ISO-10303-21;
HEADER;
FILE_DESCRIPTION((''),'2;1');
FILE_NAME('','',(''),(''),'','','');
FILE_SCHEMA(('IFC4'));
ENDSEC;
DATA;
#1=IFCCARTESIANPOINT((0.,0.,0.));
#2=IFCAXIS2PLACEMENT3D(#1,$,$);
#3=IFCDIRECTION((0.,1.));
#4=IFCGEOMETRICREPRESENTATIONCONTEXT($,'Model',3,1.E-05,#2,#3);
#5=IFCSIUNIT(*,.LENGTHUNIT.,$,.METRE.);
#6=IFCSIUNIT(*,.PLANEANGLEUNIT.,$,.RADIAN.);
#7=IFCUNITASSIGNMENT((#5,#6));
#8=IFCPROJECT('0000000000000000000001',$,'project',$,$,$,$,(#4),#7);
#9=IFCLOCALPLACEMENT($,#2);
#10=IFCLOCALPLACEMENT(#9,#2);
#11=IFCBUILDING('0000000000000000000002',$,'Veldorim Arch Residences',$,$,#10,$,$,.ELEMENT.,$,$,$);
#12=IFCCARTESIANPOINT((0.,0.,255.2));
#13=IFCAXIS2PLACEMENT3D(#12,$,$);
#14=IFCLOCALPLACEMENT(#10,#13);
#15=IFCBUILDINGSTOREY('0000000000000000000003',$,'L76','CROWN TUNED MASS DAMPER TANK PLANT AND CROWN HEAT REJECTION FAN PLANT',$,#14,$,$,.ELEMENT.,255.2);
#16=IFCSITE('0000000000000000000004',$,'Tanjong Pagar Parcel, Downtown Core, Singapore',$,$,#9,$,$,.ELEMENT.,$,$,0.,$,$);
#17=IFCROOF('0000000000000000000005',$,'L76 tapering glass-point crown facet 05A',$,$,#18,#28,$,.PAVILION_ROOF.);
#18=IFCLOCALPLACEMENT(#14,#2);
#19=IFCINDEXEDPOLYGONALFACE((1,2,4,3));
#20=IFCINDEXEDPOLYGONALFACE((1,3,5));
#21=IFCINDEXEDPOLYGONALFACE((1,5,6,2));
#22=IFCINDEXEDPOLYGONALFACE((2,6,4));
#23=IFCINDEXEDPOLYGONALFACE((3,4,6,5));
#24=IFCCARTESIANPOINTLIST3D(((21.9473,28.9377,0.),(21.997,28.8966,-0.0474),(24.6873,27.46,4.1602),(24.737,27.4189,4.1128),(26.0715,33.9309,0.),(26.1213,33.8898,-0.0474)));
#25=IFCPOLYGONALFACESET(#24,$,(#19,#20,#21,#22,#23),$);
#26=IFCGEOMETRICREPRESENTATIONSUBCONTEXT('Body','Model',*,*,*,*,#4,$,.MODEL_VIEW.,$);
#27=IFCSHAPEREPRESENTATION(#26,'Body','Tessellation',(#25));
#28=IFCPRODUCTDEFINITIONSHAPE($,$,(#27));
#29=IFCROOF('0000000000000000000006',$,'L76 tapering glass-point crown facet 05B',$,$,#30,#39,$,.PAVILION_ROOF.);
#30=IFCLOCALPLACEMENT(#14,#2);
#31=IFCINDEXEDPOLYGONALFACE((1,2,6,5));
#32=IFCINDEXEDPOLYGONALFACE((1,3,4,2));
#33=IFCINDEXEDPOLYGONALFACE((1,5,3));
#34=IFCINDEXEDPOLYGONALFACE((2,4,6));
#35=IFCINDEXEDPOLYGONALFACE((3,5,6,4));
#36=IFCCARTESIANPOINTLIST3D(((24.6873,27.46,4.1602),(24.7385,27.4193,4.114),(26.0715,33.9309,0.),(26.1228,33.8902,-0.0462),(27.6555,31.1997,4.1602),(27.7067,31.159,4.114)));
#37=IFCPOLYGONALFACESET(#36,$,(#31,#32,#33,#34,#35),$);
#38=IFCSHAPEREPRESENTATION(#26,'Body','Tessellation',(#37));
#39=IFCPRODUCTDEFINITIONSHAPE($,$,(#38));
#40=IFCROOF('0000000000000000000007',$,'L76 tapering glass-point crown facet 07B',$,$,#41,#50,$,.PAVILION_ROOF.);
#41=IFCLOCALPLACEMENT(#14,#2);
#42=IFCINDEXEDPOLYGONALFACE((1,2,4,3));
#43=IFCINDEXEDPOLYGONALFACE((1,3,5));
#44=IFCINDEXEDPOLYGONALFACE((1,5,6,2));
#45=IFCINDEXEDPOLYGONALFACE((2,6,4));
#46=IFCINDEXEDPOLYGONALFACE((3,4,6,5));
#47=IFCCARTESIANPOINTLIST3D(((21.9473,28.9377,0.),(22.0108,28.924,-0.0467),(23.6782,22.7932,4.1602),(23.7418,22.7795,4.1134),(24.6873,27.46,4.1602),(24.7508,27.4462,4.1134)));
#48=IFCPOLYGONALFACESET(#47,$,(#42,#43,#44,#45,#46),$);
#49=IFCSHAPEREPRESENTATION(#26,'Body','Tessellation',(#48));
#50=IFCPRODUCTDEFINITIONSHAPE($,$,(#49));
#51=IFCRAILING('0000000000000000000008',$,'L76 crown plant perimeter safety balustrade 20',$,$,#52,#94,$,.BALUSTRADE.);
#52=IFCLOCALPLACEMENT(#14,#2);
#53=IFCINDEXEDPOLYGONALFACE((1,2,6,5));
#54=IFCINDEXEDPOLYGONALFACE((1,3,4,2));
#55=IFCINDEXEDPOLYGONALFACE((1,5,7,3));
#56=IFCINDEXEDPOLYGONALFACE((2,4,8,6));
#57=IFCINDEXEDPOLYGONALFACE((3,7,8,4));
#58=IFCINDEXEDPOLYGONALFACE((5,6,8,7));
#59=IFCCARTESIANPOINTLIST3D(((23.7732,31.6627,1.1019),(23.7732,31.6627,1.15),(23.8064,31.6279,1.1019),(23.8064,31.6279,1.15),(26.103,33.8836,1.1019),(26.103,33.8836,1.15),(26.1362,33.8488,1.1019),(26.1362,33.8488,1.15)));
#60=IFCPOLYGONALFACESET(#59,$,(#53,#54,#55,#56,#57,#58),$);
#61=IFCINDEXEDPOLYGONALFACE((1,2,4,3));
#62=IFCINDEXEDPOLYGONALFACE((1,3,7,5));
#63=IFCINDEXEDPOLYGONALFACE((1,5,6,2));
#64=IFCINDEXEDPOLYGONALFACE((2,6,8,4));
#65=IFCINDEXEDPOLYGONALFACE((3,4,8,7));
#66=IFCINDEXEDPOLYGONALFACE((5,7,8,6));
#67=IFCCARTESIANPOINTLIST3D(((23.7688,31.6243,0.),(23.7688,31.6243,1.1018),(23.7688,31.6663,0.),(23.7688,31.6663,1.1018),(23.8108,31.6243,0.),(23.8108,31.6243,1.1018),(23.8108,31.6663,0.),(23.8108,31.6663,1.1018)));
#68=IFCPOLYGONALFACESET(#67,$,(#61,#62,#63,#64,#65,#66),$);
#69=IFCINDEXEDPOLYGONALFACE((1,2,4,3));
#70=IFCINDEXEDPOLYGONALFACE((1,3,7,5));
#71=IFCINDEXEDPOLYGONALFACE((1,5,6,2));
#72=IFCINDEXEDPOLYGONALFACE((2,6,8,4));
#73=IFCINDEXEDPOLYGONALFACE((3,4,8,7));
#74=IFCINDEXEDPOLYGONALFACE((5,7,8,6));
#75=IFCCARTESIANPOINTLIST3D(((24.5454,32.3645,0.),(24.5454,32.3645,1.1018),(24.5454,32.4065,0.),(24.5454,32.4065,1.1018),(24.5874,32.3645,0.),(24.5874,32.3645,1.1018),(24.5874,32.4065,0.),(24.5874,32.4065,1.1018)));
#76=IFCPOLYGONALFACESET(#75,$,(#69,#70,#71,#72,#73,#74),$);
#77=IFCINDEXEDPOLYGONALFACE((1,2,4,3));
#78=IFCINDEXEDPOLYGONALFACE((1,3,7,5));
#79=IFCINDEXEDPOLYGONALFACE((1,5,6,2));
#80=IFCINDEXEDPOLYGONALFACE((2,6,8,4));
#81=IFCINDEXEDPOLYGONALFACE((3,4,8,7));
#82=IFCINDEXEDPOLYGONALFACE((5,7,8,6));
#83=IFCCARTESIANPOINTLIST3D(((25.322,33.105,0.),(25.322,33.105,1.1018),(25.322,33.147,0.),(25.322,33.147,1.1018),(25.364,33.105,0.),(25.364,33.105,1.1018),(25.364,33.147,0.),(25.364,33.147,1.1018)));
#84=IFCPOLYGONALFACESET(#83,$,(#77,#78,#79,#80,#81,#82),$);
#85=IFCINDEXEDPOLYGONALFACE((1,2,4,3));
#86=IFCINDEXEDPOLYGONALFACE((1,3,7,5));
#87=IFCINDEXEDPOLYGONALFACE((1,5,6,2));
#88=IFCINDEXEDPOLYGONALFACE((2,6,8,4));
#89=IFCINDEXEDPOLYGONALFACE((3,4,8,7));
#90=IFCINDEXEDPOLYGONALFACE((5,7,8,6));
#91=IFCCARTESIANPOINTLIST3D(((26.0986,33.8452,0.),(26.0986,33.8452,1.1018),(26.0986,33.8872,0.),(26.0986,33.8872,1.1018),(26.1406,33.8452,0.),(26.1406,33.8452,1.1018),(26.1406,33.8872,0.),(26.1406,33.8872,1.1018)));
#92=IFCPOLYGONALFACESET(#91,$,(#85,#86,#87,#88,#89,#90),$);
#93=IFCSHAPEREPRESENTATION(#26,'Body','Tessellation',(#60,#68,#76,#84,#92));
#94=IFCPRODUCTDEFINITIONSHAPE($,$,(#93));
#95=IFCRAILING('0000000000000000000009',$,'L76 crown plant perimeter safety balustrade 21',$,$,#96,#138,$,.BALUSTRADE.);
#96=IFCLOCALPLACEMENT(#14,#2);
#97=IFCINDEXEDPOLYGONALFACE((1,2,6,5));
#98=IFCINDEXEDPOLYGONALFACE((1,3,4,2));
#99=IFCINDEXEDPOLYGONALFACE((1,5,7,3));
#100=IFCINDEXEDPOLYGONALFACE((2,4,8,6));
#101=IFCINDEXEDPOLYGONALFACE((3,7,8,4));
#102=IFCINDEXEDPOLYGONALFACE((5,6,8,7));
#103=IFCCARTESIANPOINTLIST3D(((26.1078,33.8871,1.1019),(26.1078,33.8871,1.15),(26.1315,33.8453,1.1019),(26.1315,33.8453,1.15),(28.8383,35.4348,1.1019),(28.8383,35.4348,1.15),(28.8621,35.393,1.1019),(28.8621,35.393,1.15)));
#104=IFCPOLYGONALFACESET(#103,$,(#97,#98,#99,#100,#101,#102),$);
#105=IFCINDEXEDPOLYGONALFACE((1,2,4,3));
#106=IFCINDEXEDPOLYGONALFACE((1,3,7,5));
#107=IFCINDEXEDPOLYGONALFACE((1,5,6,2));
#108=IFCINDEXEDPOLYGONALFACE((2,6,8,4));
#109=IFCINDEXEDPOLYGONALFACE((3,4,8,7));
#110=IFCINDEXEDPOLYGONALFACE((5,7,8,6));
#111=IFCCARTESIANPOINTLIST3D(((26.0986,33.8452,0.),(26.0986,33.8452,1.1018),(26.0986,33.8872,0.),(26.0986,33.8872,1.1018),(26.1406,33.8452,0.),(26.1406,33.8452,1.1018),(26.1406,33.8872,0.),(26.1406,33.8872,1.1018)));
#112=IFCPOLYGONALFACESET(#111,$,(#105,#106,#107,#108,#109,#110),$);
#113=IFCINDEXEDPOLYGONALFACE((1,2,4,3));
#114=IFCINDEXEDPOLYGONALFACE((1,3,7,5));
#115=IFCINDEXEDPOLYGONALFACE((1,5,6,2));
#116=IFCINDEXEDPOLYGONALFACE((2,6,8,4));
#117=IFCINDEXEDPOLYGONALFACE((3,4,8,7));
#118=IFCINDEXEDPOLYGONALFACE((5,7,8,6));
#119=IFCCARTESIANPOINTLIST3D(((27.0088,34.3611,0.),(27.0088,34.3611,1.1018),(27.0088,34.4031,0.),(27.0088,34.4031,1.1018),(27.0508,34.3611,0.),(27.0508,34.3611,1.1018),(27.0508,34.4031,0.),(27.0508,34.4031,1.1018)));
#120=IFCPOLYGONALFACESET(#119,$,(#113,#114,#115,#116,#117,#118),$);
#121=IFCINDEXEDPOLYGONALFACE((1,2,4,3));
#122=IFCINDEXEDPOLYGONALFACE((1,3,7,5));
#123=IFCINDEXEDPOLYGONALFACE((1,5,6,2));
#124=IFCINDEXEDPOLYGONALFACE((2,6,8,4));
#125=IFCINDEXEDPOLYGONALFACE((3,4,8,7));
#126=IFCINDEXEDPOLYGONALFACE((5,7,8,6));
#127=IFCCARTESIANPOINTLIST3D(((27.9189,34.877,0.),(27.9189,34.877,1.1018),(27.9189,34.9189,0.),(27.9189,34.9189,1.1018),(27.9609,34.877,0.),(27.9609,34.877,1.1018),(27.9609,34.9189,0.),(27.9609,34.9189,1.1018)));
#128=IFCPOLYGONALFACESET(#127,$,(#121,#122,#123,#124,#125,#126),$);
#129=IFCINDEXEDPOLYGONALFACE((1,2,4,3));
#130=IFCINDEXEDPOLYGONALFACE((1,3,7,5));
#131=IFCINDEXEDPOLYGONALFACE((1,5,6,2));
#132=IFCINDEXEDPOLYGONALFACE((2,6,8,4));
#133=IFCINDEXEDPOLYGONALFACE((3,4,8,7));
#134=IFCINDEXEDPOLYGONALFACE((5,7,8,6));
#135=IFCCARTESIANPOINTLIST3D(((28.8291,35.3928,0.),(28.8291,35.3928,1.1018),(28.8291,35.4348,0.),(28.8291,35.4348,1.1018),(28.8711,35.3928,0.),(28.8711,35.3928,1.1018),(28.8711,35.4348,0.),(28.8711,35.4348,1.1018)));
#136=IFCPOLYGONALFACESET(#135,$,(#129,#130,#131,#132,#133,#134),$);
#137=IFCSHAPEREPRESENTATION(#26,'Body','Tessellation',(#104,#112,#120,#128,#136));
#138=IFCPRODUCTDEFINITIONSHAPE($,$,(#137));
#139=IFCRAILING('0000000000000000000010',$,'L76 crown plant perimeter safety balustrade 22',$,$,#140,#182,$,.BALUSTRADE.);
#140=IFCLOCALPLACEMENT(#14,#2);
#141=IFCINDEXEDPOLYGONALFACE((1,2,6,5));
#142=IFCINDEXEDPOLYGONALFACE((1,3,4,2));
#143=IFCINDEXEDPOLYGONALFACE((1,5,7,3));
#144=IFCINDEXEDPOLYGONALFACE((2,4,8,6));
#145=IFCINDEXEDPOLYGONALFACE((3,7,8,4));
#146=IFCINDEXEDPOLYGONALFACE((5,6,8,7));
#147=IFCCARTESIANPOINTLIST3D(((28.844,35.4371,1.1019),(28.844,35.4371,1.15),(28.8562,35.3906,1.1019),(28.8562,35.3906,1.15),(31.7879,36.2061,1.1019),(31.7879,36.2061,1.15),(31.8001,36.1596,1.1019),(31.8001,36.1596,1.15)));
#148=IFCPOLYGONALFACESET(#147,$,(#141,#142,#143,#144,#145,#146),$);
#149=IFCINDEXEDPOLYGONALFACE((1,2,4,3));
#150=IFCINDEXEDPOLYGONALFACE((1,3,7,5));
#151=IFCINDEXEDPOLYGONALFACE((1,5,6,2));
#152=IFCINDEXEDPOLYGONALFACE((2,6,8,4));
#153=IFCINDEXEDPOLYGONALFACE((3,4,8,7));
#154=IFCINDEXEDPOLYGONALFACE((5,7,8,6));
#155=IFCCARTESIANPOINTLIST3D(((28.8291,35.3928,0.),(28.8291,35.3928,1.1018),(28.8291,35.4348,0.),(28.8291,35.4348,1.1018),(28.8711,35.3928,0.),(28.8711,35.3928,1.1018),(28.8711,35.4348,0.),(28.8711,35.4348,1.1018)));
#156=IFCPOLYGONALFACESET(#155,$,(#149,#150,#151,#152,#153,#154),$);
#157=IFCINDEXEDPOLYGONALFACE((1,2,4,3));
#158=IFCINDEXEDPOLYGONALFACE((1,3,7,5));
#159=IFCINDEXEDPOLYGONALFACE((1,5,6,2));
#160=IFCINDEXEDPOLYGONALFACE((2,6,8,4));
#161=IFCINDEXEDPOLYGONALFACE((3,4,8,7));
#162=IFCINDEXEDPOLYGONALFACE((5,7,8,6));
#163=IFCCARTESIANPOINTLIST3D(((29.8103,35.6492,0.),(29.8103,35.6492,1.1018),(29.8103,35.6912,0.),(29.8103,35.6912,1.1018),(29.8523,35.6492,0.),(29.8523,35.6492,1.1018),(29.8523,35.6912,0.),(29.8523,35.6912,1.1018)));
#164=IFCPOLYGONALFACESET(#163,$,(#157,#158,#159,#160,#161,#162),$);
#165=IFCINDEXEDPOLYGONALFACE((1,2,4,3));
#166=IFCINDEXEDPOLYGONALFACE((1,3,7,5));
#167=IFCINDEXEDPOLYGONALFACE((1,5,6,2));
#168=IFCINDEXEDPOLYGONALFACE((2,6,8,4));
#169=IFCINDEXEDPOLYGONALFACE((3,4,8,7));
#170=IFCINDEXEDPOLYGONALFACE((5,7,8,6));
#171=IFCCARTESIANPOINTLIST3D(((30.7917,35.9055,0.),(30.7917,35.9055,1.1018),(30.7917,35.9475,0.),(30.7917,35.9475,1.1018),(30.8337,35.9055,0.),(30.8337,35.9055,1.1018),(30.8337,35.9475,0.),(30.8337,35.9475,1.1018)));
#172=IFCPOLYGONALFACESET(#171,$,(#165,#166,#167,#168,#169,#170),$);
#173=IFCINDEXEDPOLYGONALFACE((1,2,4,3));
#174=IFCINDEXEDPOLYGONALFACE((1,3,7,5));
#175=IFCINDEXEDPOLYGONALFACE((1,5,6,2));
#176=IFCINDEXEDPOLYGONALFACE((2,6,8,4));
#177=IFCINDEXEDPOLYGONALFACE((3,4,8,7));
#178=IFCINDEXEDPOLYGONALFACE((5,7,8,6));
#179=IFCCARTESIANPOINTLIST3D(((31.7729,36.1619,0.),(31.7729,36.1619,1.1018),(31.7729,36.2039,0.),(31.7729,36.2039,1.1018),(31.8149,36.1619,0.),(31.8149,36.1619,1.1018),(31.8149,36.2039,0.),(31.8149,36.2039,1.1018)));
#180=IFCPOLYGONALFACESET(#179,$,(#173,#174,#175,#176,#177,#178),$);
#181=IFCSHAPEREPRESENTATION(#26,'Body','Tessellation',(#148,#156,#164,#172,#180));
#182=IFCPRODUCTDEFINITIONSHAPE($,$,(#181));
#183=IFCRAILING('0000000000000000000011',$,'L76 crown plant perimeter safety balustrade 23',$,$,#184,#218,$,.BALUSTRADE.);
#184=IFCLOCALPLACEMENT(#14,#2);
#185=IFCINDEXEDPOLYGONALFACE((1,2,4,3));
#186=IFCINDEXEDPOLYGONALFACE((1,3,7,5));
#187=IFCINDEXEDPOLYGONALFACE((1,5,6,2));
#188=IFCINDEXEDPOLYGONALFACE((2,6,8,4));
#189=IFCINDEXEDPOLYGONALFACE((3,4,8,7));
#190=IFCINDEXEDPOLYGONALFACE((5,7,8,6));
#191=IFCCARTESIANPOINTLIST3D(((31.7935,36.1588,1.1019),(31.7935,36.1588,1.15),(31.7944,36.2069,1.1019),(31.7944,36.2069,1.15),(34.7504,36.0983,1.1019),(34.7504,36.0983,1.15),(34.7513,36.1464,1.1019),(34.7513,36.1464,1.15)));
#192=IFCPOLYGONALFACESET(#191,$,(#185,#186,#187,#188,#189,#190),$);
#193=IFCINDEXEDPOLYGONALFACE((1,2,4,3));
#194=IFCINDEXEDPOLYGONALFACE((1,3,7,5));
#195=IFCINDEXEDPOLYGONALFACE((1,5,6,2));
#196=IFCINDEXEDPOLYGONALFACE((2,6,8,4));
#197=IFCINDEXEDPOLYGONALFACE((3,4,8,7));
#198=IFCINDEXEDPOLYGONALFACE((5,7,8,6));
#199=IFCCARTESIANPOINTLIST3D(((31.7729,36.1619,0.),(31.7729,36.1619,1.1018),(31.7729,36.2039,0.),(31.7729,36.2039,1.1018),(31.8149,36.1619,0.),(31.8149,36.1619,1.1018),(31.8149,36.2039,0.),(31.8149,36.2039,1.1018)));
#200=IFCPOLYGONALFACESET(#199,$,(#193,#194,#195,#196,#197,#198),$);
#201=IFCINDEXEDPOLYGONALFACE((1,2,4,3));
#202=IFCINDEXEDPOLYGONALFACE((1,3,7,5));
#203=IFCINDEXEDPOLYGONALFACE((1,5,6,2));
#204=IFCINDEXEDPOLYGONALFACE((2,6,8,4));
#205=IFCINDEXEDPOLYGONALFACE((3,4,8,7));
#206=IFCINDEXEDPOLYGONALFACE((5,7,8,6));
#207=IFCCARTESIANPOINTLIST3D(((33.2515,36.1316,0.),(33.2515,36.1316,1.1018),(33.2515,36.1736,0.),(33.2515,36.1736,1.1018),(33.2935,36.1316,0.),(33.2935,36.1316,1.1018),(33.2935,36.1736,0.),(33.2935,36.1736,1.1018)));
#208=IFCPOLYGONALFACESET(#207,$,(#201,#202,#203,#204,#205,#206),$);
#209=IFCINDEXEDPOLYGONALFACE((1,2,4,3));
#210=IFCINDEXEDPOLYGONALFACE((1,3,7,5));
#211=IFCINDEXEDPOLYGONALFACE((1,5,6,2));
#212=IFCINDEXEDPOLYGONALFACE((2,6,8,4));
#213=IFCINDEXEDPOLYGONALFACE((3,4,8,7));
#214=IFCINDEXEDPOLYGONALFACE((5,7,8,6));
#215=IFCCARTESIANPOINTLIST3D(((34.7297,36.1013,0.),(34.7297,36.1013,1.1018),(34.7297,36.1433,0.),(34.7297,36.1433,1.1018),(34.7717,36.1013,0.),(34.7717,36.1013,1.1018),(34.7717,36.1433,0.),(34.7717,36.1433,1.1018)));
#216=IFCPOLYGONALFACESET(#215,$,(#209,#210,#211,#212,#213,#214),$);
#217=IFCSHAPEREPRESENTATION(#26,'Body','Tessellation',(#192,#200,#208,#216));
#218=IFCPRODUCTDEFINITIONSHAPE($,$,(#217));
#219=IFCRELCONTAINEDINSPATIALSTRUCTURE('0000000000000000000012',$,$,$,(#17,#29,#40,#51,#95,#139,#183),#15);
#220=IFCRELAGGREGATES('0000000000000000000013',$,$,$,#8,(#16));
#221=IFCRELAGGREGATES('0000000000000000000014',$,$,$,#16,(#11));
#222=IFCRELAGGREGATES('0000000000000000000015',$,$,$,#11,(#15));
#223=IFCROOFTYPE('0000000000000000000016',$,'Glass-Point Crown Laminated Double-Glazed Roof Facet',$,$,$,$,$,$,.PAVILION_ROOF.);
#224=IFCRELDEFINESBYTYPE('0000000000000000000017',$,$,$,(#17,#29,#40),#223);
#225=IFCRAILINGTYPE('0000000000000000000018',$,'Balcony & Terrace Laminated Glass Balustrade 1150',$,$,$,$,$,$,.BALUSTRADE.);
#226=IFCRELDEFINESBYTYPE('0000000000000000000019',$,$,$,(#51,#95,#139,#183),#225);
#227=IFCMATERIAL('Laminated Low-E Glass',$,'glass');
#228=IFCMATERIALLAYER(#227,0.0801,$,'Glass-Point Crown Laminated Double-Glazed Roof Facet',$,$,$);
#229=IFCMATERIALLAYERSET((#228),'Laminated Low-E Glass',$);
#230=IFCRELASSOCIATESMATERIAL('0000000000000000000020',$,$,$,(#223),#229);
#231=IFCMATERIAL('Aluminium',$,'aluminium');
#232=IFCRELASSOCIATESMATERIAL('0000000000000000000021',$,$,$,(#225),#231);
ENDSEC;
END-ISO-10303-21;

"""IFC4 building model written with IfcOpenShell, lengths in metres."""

from ifc_helpers import new_model, si_unit, direction, frame, origin, origin_2d, place, context, subcontext, project, spatial, polyline, rectangle, outline, extrude, material, layer, layer_set, type_object, element, save


model = new_model("IFC4")

# Units and contexts
model_context = context("Model", 3, precision=1e-05, world=origin(), true_north=direction((0.0, 1.0)))
body_context = subcontext(model_context, "Body", "Model", "MODEL_VIEW")
ifc_project = project(units=[si_unit("LENGTHUNIT", "METRE"), si_unit("PLANEANGLEUNIT", "RADIAN")], contexts=[model_context])

# Site, building, storey
site_placement = place(None, origin())
site = spatial("IfcSite", under=ifc_project, at=site_placement, Name="Tanjong Pagar Parcel, Downtown Core, Singapore", CompositionType="ELEMENT", RefElevation=0.0)
building_placement = place(site_placement, origin())
building = spatial("IfcBuilding", under=site, at=building_placement, Name="Veldorim Arch Residences", CompositionType="ELEMENT")
storey_placement = place(building_placement, frame((0.0, 0.0, 255.2)))
storey = spatial("IfcBuildingStorey", under=building, at=storey_placement, Name="L76", Description="CROWN TUNED MASS DAMPER TANK PLANT AND CROWN HEAT REJECTION FAN PLANT", CompositionType="ELEMENT", Elevation=255.2)

# Roofs
ifc_material_1 = material(Name="Laminated Low-E Glass", Category="glass")
ifc_layer_1 = layer(ifc_material_1, 0.0801, Name="Glass-Point Crown Laminated Double-Glazed Roof Facet")
ifc_layer_set_1 = layer_set([ifc_layer_1], Name="Laminated Low-E Glass")
roof_type = type_object("IfcRoofType", Name="Glass-Point Crown Laminated Double-Glazed Roof Facet", PredefinedType="PAVILION_ROOF", material=ifc_layer_set_1)
roof_1_placement = place(storey_placement, frame((26.0715, 33.9309, 0.0), z_axis=(-0.621536, 0.513378, 0.591724), x_axis=(-0.636834, -0.771001, 0.0)))
element("IfcRoof", 1, at=roof_1_placement, inside=storey, type_object=roof_type, Name="L76 tapering glass-point crown facet 05A", PredefinedType="PAVILION_ROOF", context=body_context, shape_type="SweptSolid", body=[
    extrude(outline(polyline([(0.0, 0.0), (6.4762, 0.0), (5.8707, 5.1606), (0.0, 0.0)])), origin(), (0.0, 0.0, -1.0), 0.0801),
])
roof_2_placement = place(storey_placement, frame((26.0715, 33.9309, 0.0), z_axis=(-0.639756, 0.507779, 0.576952), x_axis=(-0.177099, -0.827867, 0.532234)))
element("IfcRoof", 2, at=roof_2_placement, inside=storey, type_object=roof_type, Name="L76 tapering glass-point crown facet 05B", PredefinedType="PAVILION_ROOF", context=body_context, shape_type="SweptSolid", body=[
    extrude(outline(polyline([(0.0, 0.0), (7.8164, 0.0), (4.1947, 3.1112), (0.0, 0.0)])), origin(), (0.0, 0.0, -1.0), 0.0801),
])
roof_3_placement = place(storey_placement, frame((21.9473, 28.9377, 0.0), z_axis=(-0.793648, 0.171601, 0.583674), x_axis=(0.227171, -0.806411, 0.545981)))
element("IfcRoof", 3, at=roof_3_placement, inside=storey, type_object=roof_type, Name="L76 tapering glass-point crown facet 07B", PredefinedType="PAVILION_ROOF", context=body_context, shape_type="SweptSolid", body=[
    extrude(outline(polyline([(0.0, 0.0), (7.6196, 0.0), (4.0855, 3.2104), (0.0, 0.0)])), origin(), (0.0, 0.0, -1.0), 0.0801),
])

# Railings
ifc_material_2 = material(Name="Aluminium", Category="aluminium")
railing_type = type_object("IfcRailingType", Name="Balcony & Terrace Laminated Glass Balustrade 1150", PredefinedType="BALUSTRADE", material=ifc_material_2)
railing_1_placement = place(storey_placement, frame((23.7898, 31.6453, 0.0)))
element("IfcRailing", 4, at=railing_1_placement, inside=storey, type_object=railing_type, Name="L76 crown plant perimeter safety balustrade 20", PredefinedType="BALUSTRADE", context=body_context, shape_type="SweptSolid", body=[
    extrude(rectangle(XDim=0.0481, YDim=0.0481, at=origin_2d()), frame((0.0, 0.0, 1.126), z_axis=(0.723819, 0.68999, 0.0), x_axis=(-0.68999, 0.723819, 0.0)), (0.0, 0.0, 1.0), 3.2188),
    extrude(rectangle(XDim=0.042, YDim=0.042, at=origin_2d()), origin(), (0.0, 0.0, 1.0), 1.1018),
    extrude(rectangle(XDim=0.042, YDim=0.042, at=origin_2d()), frame((0.7766, 0.7402, 0.0)), (0.0, 0.0, 1.0), 1.1018),
    extrude(rectangle(XDim=0.042, YDim=0.042, at=origin_2d()), frame((1.5532, 1.4807, 0.0)), (0.0, 0.0, 1.0), 1.1018),
    extrude(rectangle(XDim=0.042, YDim=0.042, at=origin_2d()), frame((2.3298, 2.2209, 0.0)), (0.0, 0.0, 1.0), 1.1018),
])
railing_2_placement = place(storey_placement, frame((26.1196, 33.8662, 0.0)))
element("IfcRailing", 5, at=railing_2_placement, inside=storey, type_object=railing_type, Name="L76 crown plant perimeter safety balustrade 21", PredefinedType="BALUSTRADE", context=body_context, shape_type="SweptSolid", body=[
    extrude(rectangle(XDim=0.0481, YDim=0.0481, at=origin_2d()), frame((0.0, 0.0, 1.126), z_axis=(0.869975, 0.493095, 0.0), x_axis=(-0.493095, 0.869975, 0.0)), (0.0, 0.0, 1.0), 3.1387),
    extrude(rectangle(XDim=0.042, YDim=0.042, at=origin_2d()), origin(), (0.0, 0.0, 1.0), 1.1018),
    extrude(rectangle(XDim=0.042, YDim=0.042, at=origin_2d()), frame((0.9102, 0.5159, 0.0)), (0.0, 0.0, 1.0), 1.1018),
    extrude(rectangle(XDim=0.042, YDim=0.042, at=origin_2d()), frame((1.8203, 1.0317, 0.0)), (0.0, 0.0, 1.0), 1.1018),
    extrude(rectangle(XDim=0.042, YDim=0.042, at=origin_2d()), frame((2.7305, 1.5476, 0.0)), (0.0, 0.0, 1.0), 1.1018),
])
railing_3_placement = place(storey_placement, frame((28.8501, 35.4138, 0.0)))
element("IfcRailing", 6, at=railing_3_placement, inside=storey, type_object=railing_type, Name="L76 crown plant perimeter safety balustrade 22", PredefinedType="BALUSTRADE", context=body_context, shape_type="SweptSolid", body=[
    extrude(rectangle(XDim=0.0481, YDim=0.0481, at=origin_2d()), frame((0.0, 0.0, 1.126), z_axis=(0.96753, 0.252755, 0.0), x_axis=(-0.252755, 0.96753, 0.0)), (0.0, 0.0, 1.0), 3.0427),
    extrude(rectangle(XDim=0.042, YDim=0.042, at=origin_2d()), origin(), (0.0, 0.0, 1.0), 1.1018),
    extrude(rectangle(XDim=0.042, YDim=0.042, at=origin_2d()), frame((0.9812, 0.2563, 0.0)), (0.0, 0.0, 1.0), 1.1018),
    extrude(rectangle(XDim=0.042, YDim=0.042, at=origin_2d()), frame((1.9626, 0.5127, 0.0)), (0.0, 0.0, 1.0), 1.1018),
    extrude(rectangle(XDim=0.042, YDim=0.042, at=origin_2d()), frame((2.9438, 0.769, 0.0)), (0.0, 0.0, 1.0), 1.1018),
])
railing_4_placement = place(storey_placement, frame((31.7939, 36.1829, 0.0)))
element("IfcRailing", 7, at=railing_4_placement, inside=storey, type_object=railing_type, Name="L76 crown plant perimeter safety balustrade 23", PredefinedType="BALUSTRADE", context=body_context, shape_type="SweptSolid", body=[
    extrude(rectangle(XDim=0.0481, YDim=0.0481, at=origin_2d()), frame((0.0, 0.0, 1.126), z_axis=(0.99979, -0.020473, 0.0), x_axis=(0.020473, 0.99979, 0.0)), (0.0, 0.0, 1.0), 2.9575),
    extrude(rectangle(XDim=0.042, YDim=0.042, at=origin_2d()), origin(), (0.0, 0.0, 1.0), 1.1018),
    extrude(rectangle(XDim=0.042, YDim=0.042, at=origin_2d()), frame((1.4785, -0.0303, 0.0)), (0.0, 0.0, 1.0), 1.1018),
    extrude(rectangle(XDim=0.042, YDim=0.042, at=origin_2d()), frame((2.9568, -0.0605, 0.0)), (0.0, 0.0, 1.0), 1.1018),
])

save(model, "model.ifc")
